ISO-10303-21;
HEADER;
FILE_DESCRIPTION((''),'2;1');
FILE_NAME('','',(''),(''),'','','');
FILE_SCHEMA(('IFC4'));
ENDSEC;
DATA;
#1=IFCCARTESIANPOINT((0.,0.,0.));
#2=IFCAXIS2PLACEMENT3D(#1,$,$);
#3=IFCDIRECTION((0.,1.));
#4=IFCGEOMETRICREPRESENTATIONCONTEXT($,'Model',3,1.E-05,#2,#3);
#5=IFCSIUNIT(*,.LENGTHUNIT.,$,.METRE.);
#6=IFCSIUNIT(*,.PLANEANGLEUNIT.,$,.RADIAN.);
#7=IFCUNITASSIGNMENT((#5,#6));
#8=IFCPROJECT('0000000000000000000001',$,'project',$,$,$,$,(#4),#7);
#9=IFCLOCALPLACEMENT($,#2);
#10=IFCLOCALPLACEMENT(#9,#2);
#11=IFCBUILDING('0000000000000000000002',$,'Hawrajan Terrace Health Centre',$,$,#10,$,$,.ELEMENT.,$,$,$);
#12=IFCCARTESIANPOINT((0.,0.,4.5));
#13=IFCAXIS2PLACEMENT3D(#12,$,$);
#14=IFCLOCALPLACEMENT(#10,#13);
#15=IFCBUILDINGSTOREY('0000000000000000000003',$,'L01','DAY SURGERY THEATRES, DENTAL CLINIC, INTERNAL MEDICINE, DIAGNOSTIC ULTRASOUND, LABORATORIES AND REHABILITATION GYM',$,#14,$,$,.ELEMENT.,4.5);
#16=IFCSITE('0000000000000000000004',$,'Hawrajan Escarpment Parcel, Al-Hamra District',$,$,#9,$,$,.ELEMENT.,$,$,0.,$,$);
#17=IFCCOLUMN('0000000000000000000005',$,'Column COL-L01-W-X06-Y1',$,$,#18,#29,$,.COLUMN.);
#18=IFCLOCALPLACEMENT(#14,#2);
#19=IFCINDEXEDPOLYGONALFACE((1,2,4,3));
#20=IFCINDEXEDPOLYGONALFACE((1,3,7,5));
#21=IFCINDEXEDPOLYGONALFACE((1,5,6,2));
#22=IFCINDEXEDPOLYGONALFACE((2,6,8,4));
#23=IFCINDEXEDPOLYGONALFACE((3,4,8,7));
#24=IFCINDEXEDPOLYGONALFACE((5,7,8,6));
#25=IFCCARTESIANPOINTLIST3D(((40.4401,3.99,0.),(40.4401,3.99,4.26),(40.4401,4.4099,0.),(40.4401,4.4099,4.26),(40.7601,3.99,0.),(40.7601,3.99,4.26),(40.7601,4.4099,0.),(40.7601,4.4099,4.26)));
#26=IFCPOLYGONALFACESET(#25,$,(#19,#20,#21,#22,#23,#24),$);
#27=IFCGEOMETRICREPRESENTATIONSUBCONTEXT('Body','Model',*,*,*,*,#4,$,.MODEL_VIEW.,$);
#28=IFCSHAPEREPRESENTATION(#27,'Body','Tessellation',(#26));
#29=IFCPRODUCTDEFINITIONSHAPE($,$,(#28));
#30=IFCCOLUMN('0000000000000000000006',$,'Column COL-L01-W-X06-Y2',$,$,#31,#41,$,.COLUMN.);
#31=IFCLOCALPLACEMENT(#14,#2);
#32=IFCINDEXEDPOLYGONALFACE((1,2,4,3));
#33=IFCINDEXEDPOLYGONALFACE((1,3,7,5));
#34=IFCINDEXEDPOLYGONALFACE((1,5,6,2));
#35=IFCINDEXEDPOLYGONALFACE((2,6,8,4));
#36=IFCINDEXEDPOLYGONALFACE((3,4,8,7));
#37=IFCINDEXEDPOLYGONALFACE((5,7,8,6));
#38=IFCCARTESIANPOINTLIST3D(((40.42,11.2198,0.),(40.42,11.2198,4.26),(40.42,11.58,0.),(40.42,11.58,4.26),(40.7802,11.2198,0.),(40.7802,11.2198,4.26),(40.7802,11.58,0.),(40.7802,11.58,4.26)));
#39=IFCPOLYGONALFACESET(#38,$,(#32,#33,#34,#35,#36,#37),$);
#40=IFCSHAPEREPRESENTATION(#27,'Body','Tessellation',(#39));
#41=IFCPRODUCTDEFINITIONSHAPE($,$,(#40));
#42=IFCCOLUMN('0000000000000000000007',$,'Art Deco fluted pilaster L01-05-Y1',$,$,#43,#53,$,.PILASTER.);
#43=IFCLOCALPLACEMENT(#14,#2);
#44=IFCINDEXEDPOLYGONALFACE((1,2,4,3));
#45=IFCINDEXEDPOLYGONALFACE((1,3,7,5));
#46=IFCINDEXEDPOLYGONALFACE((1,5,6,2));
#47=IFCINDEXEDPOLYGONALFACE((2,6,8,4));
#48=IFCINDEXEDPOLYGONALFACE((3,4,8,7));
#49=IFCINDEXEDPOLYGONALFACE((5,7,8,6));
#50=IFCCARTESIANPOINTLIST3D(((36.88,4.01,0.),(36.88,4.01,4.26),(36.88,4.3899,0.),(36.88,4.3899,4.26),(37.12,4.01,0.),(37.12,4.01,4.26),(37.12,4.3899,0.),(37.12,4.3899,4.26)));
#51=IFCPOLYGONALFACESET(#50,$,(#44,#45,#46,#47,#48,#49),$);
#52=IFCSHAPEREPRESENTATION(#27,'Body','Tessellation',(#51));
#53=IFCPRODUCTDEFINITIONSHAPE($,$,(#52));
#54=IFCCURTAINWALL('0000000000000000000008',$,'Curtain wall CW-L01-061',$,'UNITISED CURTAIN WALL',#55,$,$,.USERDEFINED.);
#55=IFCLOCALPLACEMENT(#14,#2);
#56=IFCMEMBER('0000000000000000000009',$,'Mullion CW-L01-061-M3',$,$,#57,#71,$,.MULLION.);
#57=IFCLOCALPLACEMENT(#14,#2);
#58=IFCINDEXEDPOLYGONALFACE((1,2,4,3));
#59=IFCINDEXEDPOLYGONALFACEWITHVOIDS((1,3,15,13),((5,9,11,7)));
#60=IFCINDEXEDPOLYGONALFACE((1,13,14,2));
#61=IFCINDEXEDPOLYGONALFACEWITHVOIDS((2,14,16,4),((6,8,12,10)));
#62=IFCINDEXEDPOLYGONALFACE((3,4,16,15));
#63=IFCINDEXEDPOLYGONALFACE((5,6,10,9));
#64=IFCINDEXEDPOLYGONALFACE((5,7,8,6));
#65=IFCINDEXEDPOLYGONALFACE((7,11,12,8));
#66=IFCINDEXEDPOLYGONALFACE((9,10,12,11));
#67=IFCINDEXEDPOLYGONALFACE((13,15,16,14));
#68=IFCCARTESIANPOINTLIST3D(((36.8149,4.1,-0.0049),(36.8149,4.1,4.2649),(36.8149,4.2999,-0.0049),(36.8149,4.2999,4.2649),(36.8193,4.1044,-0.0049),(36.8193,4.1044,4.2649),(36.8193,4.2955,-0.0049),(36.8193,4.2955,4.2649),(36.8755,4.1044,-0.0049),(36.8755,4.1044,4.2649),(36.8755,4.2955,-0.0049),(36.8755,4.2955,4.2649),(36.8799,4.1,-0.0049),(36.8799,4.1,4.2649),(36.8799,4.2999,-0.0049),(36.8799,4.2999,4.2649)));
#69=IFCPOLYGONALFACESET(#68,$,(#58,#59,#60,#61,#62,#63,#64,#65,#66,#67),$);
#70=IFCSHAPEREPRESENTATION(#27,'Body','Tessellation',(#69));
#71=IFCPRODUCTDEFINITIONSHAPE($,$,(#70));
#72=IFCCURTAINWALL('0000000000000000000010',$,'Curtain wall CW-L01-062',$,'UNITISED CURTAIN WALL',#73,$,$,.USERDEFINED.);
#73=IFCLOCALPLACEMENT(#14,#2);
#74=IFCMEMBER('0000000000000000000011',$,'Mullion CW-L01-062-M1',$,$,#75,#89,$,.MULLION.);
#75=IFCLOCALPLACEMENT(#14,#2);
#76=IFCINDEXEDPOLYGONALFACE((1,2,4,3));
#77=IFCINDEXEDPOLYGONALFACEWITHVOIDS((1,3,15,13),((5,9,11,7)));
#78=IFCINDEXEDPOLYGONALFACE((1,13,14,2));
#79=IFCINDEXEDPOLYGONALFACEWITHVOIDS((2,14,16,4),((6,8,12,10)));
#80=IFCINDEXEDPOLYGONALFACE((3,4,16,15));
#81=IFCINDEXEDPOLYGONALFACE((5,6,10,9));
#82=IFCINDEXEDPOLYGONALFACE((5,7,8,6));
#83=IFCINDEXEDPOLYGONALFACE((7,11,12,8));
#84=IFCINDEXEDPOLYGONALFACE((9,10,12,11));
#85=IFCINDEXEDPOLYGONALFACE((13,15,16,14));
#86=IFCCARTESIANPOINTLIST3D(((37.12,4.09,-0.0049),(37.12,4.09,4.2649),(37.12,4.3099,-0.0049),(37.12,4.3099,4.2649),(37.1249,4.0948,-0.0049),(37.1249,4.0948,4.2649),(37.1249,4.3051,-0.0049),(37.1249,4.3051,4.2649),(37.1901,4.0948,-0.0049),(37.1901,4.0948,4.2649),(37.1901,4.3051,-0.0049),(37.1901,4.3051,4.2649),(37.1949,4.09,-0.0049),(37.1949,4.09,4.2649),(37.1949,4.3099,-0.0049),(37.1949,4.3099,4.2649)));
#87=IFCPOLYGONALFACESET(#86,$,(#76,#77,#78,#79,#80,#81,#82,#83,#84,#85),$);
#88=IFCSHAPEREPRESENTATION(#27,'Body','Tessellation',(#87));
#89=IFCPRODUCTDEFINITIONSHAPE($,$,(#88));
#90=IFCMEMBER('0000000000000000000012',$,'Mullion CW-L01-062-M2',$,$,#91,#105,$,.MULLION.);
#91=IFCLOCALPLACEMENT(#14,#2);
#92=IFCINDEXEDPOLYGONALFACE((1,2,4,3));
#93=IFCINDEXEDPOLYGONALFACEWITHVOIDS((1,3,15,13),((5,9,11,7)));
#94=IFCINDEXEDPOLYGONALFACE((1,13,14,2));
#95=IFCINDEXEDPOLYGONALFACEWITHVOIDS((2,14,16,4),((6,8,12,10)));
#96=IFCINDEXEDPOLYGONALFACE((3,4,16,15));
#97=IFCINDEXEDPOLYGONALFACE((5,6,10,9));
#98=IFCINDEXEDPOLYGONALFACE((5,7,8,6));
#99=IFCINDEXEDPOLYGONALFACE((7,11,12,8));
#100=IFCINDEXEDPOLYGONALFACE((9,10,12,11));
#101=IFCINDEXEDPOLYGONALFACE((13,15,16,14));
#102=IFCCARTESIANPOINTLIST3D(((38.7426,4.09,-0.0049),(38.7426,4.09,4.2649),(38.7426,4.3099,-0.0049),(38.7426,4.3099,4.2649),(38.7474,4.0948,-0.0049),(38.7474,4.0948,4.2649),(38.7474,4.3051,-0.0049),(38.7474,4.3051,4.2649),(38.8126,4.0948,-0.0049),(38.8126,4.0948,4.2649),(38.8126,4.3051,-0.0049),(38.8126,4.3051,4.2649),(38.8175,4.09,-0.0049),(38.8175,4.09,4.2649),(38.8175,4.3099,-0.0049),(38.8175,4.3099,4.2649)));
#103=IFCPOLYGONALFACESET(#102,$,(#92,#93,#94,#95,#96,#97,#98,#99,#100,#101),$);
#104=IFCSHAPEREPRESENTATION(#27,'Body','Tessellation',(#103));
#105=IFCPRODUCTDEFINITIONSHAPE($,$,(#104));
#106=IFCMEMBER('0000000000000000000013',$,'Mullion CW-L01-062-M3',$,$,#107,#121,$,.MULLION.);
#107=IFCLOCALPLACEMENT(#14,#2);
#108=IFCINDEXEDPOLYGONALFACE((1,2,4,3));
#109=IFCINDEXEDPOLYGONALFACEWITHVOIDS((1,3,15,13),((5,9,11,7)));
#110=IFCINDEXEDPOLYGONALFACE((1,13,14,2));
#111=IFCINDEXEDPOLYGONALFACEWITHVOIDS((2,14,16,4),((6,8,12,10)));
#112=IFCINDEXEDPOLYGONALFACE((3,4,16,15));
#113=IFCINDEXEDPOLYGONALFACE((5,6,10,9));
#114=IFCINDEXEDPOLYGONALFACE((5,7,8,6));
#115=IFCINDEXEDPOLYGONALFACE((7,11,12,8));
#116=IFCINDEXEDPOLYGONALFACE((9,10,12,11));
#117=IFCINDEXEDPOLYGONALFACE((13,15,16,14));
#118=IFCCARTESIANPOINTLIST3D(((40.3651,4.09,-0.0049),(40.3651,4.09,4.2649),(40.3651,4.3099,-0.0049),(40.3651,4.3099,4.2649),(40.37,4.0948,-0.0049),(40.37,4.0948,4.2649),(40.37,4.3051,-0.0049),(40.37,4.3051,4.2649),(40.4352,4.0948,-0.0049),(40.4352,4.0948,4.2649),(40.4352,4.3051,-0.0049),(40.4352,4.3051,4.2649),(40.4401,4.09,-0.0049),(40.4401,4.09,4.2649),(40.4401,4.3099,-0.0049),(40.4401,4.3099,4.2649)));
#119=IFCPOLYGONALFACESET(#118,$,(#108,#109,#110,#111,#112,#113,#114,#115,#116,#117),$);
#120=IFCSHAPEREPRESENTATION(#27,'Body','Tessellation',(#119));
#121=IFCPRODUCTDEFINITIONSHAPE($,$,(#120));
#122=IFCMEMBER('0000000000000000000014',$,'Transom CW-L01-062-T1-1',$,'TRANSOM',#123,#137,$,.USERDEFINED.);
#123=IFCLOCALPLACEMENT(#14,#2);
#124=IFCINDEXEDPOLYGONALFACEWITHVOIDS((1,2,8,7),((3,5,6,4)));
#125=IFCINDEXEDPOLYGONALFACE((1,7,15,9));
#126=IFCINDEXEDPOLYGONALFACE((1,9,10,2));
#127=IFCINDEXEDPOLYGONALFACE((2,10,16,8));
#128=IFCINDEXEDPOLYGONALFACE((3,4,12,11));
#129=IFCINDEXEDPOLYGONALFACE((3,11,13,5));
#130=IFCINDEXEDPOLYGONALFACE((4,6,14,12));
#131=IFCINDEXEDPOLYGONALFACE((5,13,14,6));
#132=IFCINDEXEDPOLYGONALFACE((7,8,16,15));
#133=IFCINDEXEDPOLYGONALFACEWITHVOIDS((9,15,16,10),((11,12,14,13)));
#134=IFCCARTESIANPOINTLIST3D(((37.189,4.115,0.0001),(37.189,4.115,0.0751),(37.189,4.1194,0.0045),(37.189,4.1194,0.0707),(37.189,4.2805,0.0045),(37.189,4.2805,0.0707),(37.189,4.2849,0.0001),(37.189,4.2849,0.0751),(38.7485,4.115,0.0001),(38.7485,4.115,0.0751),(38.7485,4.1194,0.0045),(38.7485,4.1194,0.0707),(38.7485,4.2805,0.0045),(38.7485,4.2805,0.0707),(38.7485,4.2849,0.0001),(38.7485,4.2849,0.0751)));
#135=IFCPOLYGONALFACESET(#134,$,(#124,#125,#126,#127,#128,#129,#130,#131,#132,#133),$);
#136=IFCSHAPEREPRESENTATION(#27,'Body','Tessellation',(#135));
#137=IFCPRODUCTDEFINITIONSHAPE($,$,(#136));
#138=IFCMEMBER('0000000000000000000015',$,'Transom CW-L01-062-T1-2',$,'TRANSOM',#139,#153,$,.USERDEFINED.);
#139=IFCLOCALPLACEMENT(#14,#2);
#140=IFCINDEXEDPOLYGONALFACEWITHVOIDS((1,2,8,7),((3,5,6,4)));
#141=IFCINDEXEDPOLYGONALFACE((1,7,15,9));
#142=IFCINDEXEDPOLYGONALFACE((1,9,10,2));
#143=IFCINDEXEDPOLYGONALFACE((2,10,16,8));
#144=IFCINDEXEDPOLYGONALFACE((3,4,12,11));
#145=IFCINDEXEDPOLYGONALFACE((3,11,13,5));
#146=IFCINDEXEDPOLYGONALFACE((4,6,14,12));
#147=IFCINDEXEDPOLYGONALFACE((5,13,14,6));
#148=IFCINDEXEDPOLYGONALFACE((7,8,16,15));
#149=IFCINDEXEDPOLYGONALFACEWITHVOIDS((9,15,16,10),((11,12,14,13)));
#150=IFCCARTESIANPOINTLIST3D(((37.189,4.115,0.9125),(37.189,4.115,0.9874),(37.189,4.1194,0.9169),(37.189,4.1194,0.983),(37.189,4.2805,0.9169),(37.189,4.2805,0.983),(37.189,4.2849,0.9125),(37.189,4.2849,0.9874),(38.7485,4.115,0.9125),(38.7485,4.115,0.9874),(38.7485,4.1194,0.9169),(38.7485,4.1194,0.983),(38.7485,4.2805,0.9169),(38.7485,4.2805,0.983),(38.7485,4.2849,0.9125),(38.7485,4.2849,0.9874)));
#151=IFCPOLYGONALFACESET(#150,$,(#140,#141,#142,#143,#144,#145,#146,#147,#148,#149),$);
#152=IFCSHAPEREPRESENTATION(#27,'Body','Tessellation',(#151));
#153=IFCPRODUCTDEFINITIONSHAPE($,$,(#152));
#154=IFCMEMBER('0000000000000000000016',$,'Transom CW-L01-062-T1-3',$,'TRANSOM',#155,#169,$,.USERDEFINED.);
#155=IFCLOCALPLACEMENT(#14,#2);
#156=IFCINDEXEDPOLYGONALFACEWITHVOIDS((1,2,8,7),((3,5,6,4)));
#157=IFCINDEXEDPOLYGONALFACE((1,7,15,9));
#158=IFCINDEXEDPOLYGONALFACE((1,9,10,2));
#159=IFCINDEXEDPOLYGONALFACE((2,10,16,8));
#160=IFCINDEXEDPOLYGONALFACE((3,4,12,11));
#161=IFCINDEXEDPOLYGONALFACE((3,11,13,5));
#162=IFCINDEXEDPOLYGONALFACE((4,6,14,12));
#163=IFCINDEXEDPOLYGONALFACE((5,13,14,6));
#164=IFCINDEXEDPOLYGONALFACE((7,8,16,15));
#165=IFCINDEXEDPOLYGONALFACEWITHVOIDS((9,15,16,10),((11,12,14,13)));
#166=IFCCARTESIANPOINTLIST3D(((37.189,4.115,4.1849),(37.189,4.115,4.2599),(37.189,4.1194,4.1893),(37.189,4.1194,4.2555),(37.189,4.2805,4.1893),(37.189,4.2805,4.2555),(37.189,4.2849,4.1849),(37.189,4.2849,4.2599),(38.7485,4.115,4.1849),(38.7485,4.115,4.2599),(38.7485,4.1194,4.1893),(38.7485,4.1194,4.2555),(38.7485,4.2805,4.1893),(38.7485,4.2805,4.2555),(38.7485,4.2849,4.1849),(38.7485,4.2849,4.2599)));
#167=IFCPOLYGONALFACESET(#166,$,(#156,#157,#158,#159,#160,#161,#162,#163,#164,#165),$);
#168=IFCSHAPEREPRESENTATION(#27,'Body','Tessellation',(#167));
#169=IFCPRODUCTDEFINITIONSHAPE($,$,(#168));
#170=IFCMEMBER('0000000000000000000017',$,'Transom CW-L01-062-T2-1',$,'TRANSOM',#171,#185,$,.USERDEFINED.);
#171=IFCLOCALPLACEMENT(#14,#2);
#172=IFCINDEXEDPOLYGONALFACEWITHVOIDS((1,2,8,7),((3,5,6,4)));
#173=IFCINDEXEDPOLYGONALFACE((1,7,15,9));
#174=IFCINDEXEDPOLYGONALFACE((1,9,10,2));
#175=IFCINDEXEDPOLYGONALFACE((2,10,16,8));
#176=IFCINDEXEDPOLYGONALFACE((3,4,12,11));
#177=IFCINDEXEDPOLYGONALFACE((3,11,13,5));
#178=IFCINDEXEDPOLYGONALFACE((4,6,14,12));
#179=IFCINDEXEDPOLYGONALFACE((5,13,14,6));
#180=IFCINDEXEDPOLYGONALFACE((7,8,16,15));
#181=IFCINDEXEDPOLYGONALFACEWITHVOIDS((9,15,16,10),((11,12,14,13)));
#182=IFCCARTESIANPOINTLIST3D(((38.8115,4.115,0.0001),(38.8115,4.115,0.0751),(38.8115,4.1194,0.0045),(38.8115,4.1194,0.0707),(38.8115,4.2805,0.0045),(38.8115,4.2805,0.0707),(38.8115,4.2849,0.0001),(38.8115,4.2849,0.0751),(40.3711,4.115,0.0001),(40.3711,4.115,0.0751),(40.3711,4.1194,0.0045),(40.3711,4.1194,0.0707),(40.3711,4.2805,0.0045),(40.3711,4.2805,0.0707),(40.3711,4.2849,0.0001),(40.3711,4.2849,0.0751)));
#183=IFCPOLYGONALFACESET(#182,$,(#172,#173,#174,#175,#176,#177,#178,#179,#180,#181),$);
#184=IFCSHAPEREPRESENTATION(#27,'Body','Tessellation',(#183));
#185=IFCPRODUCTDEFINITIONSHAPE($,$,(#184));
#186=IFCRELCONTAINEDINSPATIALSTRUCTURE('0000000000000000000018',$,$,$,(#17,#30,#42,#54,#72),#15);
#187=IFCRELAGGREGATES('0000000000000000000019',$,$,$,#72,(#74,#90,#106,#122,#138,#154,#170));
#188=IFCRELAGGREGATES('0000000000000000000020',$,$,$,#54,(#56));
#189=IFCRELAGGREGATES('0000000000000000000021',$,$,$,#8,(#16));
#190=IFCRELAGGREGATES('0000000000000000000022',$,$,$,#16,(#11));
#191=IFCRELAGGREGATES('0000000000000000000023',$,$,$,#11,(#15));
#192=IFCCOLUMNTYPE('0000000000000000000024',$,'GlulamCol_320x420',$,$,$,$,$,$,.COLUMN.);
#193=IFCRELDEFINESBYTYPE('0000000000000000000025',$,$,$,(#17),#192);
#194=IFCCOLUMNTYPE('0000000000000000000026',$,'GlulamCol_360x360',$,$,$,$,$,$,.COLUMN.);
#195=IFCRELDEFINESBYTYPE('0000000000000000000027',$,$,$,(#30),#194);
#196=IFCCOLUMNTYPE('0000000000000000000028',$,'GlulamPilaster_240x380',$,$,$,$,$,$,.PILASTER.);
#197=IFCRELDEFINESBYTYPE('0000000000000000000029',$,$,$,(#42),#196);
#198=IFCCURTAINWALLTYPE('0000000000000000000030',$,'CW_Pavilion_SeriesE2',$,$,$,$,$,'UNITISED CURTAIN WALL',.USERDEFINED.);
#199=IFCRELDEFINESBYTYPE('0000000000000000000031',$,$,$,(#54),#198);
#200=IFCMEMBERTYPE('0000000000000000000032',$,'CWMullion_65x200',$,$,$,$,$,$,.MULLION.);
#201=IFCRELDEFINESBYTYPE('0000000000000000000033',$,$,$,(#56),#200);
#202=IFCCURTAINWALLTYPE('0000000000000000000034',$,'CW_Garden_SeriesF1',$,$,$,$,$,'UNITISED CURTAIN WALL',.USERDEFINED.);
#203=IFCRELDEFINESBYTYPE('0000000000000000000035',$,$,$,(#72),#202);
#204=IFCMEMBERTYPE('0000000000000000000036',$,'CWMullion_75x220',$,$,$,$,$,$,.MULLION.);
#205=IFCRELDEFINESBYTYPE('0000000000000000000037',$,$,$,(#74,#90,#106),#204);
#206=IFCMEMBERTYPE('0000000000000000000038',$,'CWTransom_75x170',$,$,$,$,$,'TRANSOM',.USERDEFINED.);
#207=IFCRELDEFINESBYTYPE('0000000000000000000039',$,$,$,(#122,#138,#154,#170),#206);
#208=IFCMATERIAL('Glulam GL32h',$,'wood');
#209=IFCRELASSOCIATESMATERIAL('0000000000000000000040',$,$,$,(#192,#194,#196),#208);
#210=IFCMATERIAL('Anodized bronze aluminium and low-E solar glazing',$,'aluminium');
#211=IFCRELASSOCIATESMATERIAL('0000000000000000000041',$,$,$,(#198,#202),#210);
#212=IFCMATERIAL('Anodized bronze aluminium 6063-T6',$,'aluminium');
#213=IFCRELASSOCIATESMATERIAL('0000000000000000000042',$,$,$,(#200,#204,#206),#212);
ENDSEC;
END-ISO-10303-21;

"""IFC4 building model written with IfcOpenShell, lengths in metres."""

from ifc_helpers import new_model, si_unit, direction, frame, origin, origin_2d, place, context, subcontext, project, spatial, rectangle, hollow_rectangle, extrude, material, material_profile, profile_set, type_object, element, aggregate, save


model = new_model("IFC4")

# Units and contexts
model_context = context("Model", 3, precision=1e-05, world=origin(), true_north=direction((0.0, 1.0)))
body_context = subcontext(model_context, "Body", "Model", "MODEL_VIEW")
ifc_project = project(units=[si_unit("LENGTHUNIT", "METRE"), si_unit("PLANEANGLEUNIT", "RADIAN")], contexts=[model_context])

# Site, building, storey
site_placement = place(None, origin())
site = spatial("IfcSite", under=ifc_project, at=site_placement, Name="Hawrajan Escarpment Parcel, Al-Hamra District", CompositionType="ELEMENT", RefElevation=0.0)
building_placement = place(site_placement, origin())
building = spatial("IfcBuilding", under=site, at=building_placement, Name="Hawrajan Terrace Health Centre", CompositionType="ELEMENT")
storey_placement = place(building_placement, frame((0.0, 0.0, 4.5)))
storey = spatial("IfcBuildingStorey", under=building, at=storey_placement, Name="L01", Description="DAY SURGERY THEATRES, DENTAL CLINIC, INTERNAL MEDICINE, DIAGNOSTIC ULTRASOUND, LABORATORIES AND REHABILITATION GYM", CompositionType="ELEMENT", Elevation=4.5)

# Columns
ifc_material_1 = material(Name="Glulam GL32h", Category="wood")
ifc_material_profile_1 = material_profile(ifc_material_1, rectangle(XDim=0.3201, YDim=0.4199, at=origin_2d()), Name="GL 320x420")
ifc_profile_set_1 = profile_set([ifc_material_profile_1], Name="Glulam GL32h")
column_type_1 = type_object("IfcColumnType", Name="GlulamCol_320x420", PredefinedType="COLUMN", material=ifc_profile_set_1)
column_1_placement = place(storey_placement, frame((40.6001, 4.2, 0.0), z_axis=(0.0, 0.0, 1.0), x_axis=(1.0, 0.0, 0.0)))
element("IfcColumn", 1, at=column_1_placement, inside=storey, type_object=column_type_1, Name="Column COL-L01-W-X06-Y1", PredefinedType="COLUMN", context=body_context, shape_type="SweptSolid", body=[
    extrude(rectangle(XDim=0.3201, YDim=0.4199, at=origin_2d()), origin(), (0.0, 0.0, 1.0), 4.26),
])
ifc_material_profile_2 = material_profile(ifc_material_1, rectangle(XDim=0.3601, YDim=0.3601, at=origin_2d()), Name="GL 360x360")
ifc_profile_set_2 = profile_set([ifc_material_profile_2], Name="Glulam GL32h")
column_type_2 = type_object("IfcColumnType", Name="GlulamCol_360x360", PredefinedType="COLUMN", material=ifc_profile_set_2)
column_2_placement = place(storey_placement, frame((40.6001, 11.3999, 0.0), z_axis=(0.0, 0.0, 1.0), x_axis=(1.0, 0.0, 0.0)))
element("IfcColumn", 2, at=column_2_placement, inside=storey, type_object=column_type_2, Name="Column COL-L01-W-X06-Y2", PredefinedType="COLUMN", context=body_context, shape_type="SweptSolid", body=[
    extrude(rectangle(XDim=0.3601, YDim=0.3601, at=origin_2d()), origin(), (0.0, 0.0, 1.0), 4.26),
])
ifc_material_profile_3 = material_profile(ifc_material_1, rectangle(XDim=0.24, YDim=0.3799, at=origin_2d()), Name="GL PIL 240x380")
ifc_profile_set_3 = profile_set([ifc_material_profile_3], Name="Glulam GL32h")
column_type_3 = type_object("IfcColumnType", Name="GlulamPilaster_240x380", PredefinedType="PILASTER", material=ifc_profile_set_3)
column_3_placement = place(storey_placement, frame((37.0, 4.2, 0.0), z_axis=(0.0, 0.0, 1.0), x_axis=(1.0, 0.0, 0.0)))
element("IfcColumn", 3, at=column_3_placement, inside=storey, type_object=column_type_3, Name="Art Deco fluted pilaster L01-05-Y1", PredefinedType="PILASTER", context=body_context, shape_type="SweptSolid", body=[
    extrude(rectangle(XDim=0.24, YDim=0.3799, at=origin_2d()), origin(), (0.0, 0.0, 1.0), 4.26),
])

# Curtain wall, member
ifc_material_2 = material(Name="Anodized bronze aluminium and low-E solar glazing", Category="aluminium")
curtain_wall_type_1 = type_object("IfcCurtainWallType", Name="CW_Pavilion_SeriesE2", ElementType="UNITISED CURTAIN WALL", PredefinedType="USERDEFINED", material=ifc_material_2)
curtain_wall_1_placement = place(storey_placement, origin())
curtain_wall_1 = element("IfcCurtainWall", 4, at=curtain_wall_1_placement, inside=storey, type_object=curtain_wall_type_1, Name="Curtain wall CW-L01-061", ObjectType="UNITISED CURTAIN WALL", PredefinedType="USERDEFINED")
ifc_material_3 = material(Name="Anodized bronze aluminium 6063-T6", Category="aluminium")
ifc_material_profile_4 = material_profile(ifc_material_3, hollow_rectangle(XDim=0.0649, YDim=0.2, WallThickness=0.0044, at=origin_2d()), Name="CW MUL 65x200")
ifc_profile_set_4 = profile_set([ifc_material_profile_4], Name="Anodized bronze aluminium 6063-T6")
member_type_1 = type_object("IfcMemberType", Name="CWMullion_65x200", PredefinedType="MULLION", material=ifc_profile_set_4)
member_1_placement = place(storey_placement, frame((36.8474, 4.2, -0.0049), z_axis=(0.0, 0.0, 1.0), x_axis=(1.0, 0.0, 0.0)))
member_1 = element("IfcMember", 5, at=member_1_placement, type_object=member_type_1, Name="Mullion CW-L01-061-M3", PredefinedType="MULLION", context=body_context, shape_type="SweptSolid", body=[
    extrude(hollow_rectangle(XDim=0.0649, YDim=0.2, WallThickness=0.0044, at=origin_2d()), origin(), (0.0, 0.0, 1.0), 4.2698),
])

# Curtain wall, members
curtain_wall_type_2 = type_object("IfcCurtainWallType", Name="CW_Garden_SeriesF1", ElementType="UNITISED CURTAIN WALL", PredefinedType="USERDEFINED", material=ifc_material_2)
curtain_wall_2_placement = place(storey_placement, origin())
curtain_wall_2 = element("IfcCurtainWall", 6, at=curtain_wall_2_placement, inside=storey, type_object=curtain_wall_type_2, Name="Curtain wall CW-L01-062", ObjectType="UNITISED CURTAIN WALL", PredefinedType="USERDEFINED")
ifc_material_profile_5 = material_profile(ifc_material_3, hollow_rectangle(XDim=0.075, YDim=0.22, WallThickness=0.0049, at=origin_2d()), Name="CW MUL 75x220")
ifc_profile_set_5 = profile_set([ifc_material_profile_5], Name="Anodized bronze aluminium 6063-T6")
member_type_2 = type_object("IfcMemberType", Name="CWMullion_75x220", PredefinedType="MULLION", material=ifc_profile_set_5)
member_2_placement = place(storey_placement, frame((37.1575, 4.2, -0.0049), z_axis=(0.0, 0.0, 1.0), x_axis=(1.0, 0.0, 0.0)))
member_2 = element("IfcMember", 7, at=member_2_placement, type_object=member_type_2, Name="Mullion CW-L01-062-M1", PredefinedType="MULLION", context=body_context, shape_type="SweptSolid", body=[
    extrude(hollow_rectangle(XDim=0.075, YDim=0.22, WallThickness=0.0049, at=origin_2d()), origin(), (0.0, 0.0, 1.0), 4.2698),
])
member_3_placement = place(storey_placement, frame((38.78, 4.2, -0.0049), z_axis=(0.0, 0.0, 1.0), x_axis=(1.0, 0.0, 0.0)))
member_3 = element("IfcMember", 8, at=member_3_placement, type_object=member_type_2, Name="Mullion CW-L01-062-M2", PredefinedType="MULLION", context=body_context, shape_type="SweptSolid", body=[
    extrude(hollow_rectangle(XDim=0.075, YDim=0.22, WallThickness=0.0049, at=origin_2d()), origin(), (0.0, 0.0, 1.0), 4.2698),
])
member_4_placement = place(storey_placement, frame((40.4026, 4.2, -0.0049), z_axis=(0.0, 0.0, 1.0), x_axis=(1.0, 0.0, 0.0)))
member_4 = element("IfcMember", 9, at=member_4_placement, type_object=member_type_2, Name="Mullion CW-L01-062-M3", PredefinedType="MULLION", context=body_context, shape_type="SweptSolid", body=[
    extrude(hollow_rectangle(XDim=0.075, YDim=0.22, WallThickness=0.0049, at=origin_2d()), origin(), (0.0, 0.0, 1.0), 4.2698),
])
ifc_material_profile_6 = material_profile(ifc_material_3, hollow_rectangle(XDim=0.075, YDim=0.1699, WallThickness=0.0044, at=origin_2d()), Name="CW TRN 75x170")
ifc_profile_set_6 = profile_set([ifc_material_profile_6], Name="Anodized bronze aluminium 6063-T6")
member_type_3 = type_object("IfcMemberType", Name="CWTransom_75x170", ElementType="TRANSOM", PredefinedType="USERDEFINED", material=ifc_profile_set_6)
member_5_placement = place(storey_placement, frame((37.189, 4.2, 0.0376), z_axis=(1.0, 0.0, 0.0), x_axis=(0.0, 0.0, 1.0)))
member_5 = element("IfcMember", 10, at=member_5_placement, type_object=member_type_3, Name="Transom CW-L01-062-T1-1", ObjectType="TRANSOM", PredefinedType="USERDEFINED", context=body_context, shape_type="SweptSolid", body=[
    extrude(hollow_rectangle(XDim=0.075, YDim=0.1699, WallThickness=0.0044, at=origin_2d()), origin(), (0.0, 0.0, 1.0), 1.5596),
])
member_6_placement = place(storey_placement, frame((37.189, 4.2, 0.95), z_axis=(1.0, 0.0, 0.0), x_axis=(0.0, 0.0, 1.0)))
member_6 = element("IfcMember", 11, at=member_6_placement, type_object=member_type_3, Name="Transom CW-L01-062-T1-2", ObjectType="TRANSOM", PredefinedType="USERDEFINED", context=body_context, shape_type="SweptSolid", body=[
    extrude(hollow_rectangle(XDim=0.075, YDim=0.1699, WallThickness=0.0044, at=origin_2d()), origin(), (0.0, 0.0, 1.0), 1.5596),
])
member_7_placement = place(storey_placement, frame((37.189, 4.2, 4.2224), z_axis=(1.0, 0.0, 0.0), x_axis=(0.0, 0.0, 1.0)))
member_7 = element("IfcMember", 12, at=member_7_placement, type_object=member_type_3, Name="Transom CW-L01-062-T1-3", ObjectType="TRANSOM", PredefinedType="USERDEFINED", context=body_context, shape_type="SweptSolid", body=[
    extrude(hollow_rectangle(XDim=0.075, YDim=0.1699, WallThickness=0.0044, at=origin_2d()), origin(), (0.0, 0.0, 1.0), 1.5596),
])
member_8_placement = place(storey_placement, frame((38.8115, 4.2, 0.0376), z_axis=(1.0, 0.0, 0.0), x_axis=(0.0, 0.0, 1.0)))
member_8 = element("IfcMember", 13, at=member_8_placement, type_object=member_type_3, Name="Transom CW-L01-062-T2-1", ObjectType="TRANSOM", PredefinedType="USERDEFINED", context=body_context, shape_type="SweptSolid", body=[
    extrude(hollow_rectangle(XDim=0.075, YDim=0.1699, WallThickness=0.0044, at=origin_2d()), origin(), (0.0, 0.0, 1.0), 1.5596),
])

aggregate(curtain_wall_2, [member_2, member_3, member_4, member_5, member_6, member_7, member_8])
aggregate(curtain_wall_1, [member_1])

save(model, "model.ifc")
